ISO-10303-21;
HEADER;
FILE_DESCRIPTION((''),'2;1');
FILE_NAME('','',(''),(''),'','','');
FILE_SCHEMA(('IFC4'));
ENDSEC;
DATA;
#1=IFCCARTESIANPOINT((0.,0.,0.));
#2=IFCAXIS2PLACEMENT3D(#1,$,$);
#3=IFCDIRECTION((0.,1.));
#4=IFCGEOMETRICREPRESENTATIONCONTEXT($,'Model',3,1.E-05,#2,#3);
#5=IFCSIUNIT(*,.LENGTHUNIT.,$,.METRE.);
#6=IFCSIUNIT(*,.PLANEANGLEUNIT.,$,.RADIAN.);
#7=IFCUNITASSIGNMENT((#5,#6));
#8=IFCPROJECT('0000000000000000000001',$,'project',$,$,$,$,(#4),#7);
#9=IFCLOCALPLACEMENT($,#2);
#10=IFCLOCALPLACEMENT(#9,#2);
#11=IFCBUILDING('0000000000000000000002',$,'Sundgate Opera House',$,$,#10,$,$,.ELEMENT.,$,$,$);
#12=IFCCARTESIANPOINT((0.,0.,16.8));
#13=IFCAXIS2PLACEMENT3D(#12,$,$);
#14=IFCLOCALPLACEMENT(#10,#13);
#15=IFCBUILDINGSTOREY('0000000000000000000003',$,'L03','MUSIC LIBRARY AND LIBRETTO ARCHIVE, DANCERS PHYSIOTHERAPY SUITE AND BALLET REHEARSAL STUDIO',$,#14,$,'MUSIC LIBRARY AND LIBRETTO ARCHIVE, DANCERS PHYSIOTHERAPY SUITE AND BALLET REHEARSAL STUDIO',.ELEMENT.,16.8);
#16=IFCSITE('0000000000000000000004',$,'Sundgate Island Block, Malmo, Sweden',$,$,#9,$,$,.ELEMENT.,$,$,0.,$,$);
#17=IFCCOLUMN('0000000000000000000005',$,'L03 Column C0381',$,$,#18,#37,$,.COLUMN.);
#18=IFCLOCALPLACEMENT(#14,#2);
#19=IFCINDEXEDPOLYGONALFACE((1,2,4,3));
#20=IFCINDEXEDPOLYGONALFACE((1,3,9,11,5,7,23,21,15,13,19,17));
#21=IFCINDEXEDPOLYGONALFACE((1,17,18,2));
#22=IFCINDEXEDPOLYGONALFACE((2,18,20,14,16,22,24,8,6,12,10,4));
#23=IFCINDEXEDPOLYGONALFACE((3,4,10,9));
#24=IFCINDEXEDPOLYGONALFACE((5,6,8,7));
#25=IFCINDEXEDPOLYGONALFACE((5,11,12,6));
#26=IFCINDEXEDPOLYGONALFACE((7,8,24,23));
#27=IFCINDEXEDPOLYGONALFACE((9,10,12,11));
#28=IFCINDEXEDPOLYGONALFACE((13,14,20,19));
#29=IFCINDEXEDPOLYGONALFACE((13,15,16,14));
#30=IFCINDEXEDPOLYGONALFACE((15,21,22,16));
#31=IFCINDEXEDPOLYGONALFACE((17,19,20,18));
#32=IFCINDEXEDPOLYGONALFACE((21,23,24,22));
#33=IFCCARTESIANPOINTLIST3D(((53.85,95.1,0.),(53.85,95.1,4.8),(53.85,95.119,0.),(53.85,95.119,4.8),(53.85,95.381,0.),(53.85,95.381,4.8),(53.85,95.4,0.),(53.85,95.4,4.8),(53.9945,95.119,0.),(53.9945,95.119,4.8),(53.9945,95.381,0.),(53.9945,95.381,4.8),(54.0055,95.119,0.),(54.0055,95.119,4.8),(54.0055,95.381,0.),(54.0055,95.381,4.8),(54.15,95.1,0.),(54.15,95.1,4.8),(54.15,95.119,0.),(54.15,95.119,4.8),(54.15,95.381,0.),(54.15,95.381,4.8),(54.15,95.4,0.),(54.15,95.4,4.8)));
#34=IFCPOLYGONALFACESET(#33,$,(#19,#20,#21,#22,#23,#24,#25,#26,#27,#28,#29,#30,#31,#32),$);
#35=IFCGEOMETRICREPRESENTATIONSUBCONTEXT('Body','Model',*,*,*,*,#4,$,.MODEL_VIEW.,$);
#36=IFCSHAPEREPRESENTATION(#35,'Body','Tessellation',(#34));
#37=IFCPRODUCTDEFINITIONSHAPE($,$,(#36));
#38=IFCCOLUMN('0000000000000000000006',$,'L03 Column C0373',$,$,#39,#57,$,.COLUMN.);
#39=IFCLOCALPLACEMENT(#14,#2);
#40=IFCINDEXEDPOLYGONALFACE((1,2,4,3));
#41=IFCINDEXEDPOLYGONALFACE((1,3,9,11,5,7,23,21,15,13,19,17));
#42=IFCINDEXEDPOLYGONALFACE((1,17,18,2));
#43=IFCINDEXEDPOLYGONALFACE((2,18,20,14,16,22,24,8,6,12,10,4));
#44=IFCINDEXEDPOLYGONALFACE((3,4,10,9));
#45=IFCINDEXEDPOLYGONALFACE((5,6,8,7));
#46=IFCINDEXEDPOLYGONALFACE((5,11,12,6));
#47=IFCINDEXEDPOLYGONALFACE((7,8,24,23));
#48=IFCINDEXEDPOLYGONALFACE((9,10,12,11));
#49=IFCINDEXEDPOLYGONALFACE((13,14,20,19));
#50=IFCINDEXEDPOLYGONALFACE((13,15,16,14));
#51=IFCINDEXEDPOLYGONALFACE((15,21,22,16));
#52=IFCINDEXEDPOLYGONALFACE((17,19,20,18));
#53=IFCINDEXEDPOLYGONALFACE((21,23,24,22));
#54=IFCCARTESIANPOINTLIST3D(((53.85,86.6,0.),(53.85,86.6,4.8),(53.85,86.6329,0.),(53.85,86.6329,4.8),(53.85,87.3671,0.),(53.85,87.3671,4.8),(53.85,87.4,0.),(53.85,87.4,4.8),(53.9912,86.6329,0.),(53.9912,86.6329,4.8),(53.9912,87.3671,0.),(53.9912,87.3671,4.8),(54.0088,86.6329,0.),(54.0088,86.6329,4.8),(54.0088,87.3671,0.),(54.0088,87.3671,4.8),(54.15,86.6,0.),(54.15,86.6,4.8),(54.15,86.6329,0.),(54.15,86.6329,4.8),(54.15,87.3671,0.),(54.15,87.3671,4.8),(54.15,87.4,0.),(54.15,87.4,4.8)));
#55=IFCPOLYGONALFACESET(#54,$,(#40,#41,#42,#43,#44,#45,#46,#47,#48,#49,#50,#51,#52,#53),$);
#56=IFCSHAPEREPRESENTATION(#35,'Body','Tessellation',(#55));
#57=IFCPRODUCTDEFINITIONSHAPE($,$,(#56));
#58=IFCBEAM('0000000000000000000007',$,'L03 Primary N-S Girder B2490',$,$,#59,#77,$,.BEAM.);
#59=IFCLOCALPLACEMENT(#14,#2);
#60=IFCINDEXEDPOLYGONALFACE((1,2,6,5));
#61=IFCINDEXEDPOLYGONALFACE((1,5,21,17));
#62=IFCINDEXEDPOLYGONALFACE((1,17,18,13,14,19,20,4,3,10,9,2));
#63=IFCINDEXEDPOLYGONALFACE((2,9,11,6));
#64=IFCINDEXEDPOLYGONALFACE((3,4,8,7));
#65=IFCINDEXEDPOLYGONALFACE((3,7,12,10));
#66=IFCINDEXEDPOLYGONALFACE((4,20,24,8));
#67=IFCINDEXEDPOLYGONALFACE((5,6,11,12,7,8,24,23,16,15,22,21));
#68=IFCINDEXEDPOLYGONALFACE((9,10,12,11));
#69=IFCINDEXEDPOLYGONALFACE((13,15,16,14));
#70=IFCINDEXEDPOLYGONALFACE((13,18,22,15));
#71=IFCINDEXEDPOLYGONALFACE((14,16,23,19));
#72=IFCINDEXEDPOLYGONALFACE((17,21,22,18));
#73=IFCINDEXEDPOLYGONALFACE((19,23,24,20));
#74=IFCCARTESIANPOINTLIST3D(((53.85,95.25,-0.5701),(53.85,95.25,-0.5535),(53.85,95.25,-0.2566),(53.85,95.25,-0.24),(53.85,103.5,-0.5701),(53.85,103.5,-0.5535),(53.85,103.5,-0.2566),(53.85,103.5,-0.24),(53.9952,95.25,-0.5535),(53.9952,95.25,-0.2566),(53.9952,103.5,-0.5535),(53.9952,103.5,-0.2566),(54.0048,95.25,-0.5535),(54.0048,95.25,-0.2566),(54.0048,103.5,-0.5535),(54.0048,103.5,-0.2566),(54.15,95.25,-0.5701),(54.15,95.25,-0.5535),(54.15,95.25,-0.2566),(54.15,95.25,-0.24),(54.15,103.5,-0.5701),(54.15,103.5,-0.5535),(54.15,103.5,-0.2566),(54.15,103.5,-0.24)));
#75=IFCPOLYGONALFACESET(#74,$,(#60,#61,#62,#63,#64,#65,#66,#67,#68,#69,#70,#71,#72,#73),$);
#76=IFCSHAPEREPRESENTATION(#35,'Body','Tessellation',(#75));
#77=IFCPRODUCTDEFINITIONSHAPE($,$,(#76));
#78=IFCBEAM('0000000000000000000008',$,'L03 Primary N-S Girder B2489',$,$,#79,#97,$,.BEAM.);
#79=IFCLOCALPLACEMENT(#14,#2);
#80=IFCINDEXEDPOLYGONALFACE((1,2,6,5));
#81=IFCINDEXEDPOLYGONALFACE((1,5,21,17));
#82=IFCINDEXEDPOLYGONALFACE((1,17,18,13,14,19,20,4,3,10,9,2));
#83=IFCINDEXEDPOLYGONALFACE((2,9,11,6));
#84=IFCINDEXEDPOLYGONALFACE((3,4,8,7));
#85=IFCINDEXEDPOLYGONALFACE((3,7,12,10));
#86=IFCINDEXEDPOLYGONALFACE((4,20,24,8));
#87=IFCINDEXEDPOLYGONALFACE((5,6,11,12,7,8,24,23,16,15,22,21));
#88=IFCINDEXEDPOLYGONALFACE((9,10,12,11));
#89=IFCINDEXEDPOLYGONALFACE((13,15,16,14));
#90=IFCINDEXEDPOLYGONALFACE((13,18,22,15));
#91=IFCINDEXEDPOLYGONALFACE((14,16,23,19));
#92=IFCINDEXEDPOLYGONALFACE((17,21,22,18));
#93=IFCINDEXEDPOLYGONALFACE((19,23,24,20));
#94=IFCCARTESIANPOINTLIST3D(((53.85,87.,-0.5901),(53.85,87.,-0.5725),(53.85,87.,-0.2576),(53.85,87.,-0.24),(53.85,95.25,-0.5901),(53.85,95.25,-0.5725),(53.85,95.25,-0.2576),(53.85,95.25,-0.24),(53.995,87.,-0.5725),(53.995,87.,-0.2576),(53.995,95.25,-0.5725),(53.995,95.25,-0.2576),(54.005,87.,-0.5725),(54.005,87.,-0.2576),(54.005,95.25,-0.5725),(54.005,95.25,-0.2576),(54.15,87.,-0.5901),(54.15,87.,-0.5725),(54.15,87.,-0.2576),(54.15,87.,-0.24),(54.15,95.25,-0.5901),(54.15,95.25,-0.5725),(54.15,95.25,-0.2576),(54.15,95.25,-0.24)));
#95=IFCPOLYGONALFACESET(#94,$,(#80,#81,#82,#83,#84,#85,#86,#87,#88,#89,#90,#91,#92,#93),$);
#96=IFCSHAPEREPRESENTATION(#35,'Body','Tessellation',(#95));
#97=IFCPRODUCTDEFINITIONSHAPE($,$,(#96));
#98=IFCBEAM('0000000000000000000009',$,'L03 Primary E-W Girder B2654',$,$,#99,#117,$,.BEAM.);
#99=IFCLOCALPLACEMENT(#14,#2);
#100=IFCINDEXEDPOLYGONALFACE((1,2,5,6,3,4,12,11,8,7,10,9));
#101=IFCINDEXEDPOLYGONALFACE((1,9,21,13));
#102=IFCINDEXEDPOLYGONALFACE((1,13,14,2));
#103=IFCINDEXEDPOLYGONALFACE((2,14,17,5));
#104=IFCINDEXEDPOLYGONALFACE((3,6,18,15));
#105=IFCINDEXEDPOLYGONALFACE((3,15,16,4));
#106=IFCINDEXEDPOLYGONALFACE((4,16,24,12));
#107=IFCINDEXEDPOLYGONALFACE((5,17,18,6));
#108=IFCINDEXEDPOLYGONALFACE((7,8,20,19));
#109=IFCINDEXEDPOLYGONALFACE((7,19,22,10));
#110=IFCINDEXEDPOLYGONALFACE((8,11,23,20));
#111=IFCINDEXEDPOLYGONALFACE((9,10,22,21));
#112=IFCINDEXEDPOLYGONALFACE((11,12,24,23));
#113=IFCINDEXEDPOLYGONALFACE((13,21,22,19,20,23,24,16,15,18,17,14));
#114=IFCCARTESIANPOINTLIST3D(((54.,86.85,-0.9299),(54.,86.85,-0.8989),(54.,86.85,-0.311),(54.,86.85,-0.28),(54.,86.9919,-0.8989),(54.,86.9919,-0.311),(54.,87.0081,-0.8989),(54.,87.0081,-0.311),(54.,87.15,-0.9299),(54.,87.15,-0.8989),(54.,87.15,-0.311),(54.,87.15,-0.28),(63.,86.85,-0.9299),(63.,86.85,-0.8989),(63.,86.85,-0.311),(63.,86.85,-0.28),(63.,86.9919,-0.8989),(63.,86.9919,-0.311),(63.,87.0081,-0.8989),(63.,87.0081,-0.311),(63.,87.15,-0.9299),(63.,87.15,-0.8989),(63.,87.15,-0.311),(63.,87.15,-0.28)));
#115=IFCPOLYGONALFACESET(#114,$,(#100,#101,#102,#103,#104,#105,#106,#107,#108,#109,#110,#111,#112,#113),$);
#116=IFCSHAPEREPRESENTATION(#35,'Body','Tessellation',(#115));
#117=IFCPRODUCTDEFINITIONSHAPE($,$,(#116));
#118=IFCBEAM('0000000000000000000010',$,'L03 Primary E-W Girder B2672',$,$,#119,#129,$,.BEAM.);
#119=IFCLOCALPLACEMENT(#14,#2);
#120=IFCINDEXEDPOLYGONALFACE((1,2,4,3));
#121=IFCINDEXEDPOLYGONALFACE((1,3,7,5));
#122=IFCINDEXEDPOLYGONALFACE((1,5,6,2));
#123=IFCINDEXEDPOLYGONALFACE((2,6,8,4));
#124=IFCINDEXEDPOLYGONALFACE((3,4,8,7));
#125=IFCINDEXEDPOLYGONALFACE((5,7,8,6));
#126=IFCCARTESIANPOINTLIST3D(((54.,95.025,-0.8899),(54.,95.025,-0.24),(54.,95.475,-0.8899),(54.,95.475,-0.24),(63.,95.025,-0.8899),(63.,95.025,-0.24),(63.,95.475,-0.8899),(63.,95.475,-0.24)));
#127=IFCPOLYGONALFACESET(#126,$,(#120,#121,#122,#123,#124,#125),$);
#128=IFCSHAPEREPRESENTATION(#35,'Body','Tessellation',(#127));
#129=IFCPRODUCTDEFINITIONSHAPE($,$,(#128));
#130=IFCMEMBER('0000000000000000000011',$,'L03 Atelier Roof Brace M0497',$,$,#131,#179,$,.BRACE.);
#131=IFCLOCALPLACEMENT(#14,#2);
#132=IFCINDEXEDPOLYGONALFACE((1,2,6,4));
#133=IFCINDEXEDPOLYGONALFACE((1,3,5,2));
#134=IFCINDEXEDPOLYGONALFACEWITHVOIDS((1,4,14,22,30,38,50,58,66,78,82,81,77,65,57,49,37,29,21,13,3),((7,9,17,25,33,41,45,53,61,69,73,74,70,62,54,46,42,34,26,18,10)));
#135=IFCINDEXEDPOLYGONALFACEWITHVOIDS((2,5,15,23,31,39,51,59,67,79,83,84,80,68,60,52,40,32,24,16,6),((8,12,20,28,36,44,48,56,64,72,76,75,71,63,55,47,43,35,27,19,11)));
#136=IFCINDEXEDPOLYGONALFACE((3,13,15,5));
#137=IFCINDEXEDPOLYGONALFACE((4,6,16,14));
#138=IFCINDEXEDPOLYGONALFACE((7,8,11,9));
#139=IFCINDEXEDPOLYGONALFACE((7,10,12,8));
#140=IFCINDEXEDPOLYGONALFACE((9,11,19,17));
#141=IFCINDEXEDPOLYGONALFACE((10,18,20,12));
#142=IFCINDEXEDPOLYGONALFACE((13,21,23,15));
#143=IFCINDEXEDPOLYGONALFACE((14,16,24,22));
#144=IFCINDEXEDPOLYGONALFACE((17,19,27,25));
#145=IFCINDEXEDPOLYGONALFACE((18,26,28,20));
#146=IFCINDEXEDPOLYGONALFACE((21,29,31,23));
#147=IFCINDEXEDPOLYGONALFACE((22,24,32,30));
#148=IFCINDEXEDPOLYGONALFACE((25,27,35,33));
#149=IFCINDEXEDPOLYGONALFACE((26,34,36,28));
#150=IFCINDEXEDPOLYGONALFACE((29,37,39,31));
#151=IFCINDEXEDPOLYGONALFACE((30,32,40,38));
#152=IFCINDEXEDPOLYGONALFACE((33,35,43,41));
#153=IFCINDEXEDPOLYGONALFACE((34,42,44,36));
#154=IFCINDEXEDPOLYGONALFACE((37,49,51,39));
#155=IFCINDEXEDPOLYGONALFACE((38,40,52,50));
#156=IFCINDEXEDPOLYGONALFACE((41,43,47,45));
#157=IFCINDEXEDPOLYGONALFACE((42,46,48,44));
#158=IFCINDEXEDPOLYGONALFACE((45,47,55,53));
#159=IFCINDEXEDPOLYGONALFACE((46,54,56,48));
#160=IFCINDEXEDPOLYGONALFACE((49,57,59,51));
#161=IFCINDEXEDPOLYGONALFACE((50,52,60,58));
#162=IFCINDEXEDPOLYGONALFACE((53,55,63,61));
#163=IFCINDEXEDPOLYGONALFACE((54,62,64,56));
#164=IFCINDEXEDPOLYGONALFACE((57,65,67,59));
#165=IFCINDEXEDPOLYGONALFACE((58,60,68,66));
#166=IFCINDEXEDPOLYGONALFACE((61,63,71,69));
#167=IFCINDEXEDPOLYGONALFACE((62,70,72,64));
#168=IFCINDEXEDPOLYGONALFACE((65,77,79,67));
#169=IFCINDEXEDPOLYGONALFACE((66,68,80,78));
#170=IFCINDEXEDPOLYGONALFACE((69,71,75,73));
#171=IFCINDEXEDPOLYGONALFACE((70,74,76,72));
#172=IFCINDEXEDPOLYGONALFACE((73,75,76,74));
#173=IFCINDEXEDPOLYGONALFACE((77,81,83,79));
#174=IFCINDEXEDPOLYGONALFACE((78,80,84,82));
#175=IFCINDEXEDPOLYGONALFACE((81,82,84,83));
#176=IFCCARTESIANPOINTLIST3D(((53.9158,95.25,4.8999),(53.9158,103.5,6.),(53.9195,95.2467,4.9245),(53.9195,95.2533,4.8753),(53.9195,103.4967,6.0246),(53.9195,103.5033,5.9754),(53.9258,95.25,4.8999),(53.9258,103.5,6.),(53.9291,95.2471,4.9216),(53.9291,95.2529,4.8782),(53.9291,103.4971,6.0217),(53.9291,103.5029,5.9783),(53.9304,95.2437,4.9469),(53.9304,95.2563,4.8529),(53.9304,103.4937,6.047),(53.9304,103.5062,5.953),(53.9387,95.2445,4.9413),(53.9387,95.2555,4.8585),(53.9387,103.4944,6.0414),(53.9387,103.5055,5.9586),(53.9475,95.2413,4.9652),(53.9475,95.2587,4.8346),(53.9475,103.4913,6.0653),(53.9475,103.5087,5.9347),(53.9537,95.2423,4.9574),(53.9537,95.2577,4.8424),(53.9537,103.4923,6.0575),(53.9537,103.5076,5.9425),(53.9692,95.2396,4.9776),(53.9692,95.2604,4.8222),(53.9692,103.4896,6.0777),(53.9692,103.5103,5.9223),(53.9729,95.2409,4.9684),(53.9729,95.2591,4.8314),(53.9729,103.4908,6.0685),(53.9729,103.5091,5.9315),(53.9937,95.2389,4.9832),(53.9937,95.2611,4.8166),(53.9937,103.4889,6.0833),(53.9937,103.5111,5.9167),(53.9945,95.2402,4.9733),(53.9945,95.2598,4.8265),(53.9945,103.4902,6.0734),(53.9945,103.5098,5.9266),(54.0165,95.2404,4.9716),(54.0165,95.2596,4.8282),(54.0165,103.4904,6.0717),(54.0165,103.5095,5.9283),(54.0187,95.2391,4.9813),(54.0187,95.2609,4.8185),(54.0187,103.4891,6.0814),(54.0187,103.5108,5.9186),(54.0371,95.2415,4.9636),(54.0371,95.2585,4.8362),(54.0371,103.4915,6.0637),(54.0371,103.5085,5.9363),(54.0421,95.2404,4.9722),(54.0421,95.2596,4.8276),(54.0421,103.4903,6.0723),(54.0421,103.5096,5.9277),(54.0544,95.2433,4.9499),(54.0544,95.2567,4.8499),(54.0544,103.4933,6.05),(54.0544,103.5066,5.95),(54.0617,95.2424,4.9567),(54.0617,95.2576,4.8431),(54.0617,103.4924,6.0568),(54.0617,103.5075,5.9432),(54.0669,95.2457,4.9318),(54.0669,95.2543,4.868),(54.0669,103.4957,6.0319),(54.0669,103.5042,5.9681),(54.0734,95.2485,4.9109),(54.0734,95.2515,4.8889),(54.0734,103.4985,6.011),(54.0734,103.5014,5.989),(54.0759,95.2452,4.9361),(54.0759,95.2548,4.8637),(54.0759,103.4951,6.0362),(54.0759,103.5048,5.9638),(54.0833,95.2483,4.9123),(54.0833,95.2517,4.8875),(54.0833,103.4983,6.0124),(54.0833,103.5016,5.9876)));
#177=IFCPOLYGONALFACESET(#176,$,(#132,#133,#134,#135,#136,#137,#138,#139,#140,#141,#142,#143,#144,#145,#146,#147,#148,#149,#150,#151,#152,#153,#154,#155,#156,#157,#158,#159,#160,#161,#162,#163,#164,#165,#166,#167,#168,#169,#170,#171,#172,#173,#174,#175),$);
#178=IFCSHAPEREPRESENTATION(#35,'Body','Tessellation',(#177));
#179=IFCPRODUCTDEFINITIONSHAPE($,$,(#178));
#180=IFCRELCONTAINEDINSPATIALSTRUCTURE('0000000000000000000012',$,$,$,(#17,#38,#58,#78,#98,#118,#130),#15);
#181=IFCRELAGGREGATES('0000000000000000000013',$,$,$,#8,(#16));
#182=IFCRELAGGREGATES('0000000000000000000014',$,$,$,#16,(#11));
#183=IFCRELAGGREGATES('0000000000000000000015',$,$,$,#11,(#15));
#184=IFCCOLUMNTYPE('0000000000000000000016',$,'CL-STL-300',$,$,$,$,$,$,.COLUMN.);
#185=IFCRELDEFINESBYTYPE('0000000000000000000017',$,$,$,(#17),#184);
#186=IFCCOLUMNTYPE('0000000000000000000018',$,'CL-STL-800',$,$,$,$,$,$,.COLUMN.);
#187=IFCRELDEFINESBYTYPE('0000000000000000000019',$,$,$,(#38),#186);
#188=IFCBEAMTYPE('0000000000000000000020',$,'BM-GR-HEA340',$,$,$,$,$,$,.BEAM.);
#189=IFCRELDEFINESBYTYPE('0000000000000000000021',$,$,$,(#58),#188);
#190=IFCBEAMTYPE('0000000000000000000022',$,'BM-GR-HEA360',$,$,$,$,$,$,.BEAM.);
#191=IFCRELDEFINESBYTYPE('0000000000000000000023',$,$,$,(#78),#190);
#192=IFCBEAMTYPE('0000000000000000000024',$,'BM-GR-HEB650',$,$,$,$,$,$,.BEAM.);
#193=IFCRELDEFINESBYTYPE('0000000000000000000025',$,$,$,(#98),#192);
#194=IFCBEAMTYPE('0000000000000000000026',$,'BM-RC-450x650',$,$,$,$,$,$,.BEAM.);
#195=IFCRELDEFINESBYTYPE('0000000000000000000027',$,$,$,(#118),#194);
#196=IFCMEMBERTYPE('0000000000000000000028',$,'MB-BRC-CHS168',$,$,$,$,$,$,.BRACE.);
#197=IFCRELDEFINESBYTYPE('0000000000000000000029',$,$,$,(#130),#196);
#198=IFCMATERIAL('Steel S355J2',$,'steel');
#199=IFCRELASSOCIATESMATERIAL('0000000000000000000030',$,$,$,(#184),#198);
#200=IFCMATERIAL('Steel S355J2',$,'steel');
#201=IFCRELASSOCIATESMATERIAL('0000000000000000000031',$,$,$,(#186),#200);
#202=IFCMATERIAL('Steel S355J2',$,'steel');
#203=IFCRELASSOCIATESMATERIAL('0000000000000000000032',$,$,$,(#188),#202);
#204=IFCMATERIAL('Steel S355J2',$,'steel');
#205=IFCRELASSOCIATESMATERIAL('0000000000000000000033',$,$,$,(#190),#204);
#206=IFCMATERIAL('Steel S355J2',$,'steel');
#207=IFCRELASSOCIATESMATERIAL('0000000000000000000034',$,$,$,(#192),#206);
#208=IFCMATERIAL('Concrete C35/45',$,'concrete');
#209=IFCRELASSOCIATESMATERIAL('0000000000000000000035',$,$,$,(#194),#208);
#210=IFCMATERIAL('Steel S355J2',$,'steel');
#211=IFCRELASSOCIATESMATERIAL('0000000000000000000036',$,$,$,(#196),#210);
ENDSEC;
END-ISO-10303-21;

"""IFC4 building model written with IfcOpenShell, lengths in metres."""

from ifc_helpers import new_model, si_unit, direction, frame, origin, origin_2d, place, context, subcontext, project, spatial, rectangle, hollow_circle, i_section, extrude, material, material_profile, profile_set, type_object, element, save


model = new_model("IFC4")

# Units and contexts
model_context = context("Model", 3, precision=1e-05, world=origin(), true_north=direction((0.0, 1.0)))
body_context = subcontext(model_context, "Body", "Model", "MODEL_VIEW")
ifc_project = project(units=[si_unit("LENGTHUNIT", "METRE"), si_unit("PLANEANGLEUNIT", "RADIAN")], contexts=[model_context])

# Site, building, storey
site_placement = place(None, origin())
site = spatial("IfcSite", under=ifc_project, at=site_placement, Name="Sundgate Island Block, Malmo, Sweden", CompositionType="ELEMENT", RefElevation=0.0)
building_placement = place(site_placement, origin())
building = spatial("IfcBuilding", under=site, at=building_placement, Name="Sundgate Opera House", CompositionType="ELEMENT")
storey_placement = place(building_placement, frame((0.0, 0.0, 16.8)))
storey = spatial("IfcBuildingStorey", under=building, at=storey_placement, Name="L03", Description="MUSIC LIBRARY AND LIBRETTO ARCHIVE, DANCERS PHYSIOTHERAPY SUITE AND BALLET REHEARSAL STUDIO", LongName="MUSIC LIBRARY AND LIBRETTO ARCHIVE, DANCERS PHYSIOTHERAPY SUITE AND BALLET REHEARSAL STUDIO", CompositionType="ELEMENT", Elevation=16.8)

# Columns
ifc_material_1 = material(Name="Steel S355J2", Category="steel")
ifc_material_profile_1 = material_profile(ifc_material_1, i_section(OverallWidth=0.3, OverallDepth=0.3, WebThickness=0.011, FlangeThickness=0.019, at=origin_2d()), Name="HEB 300")
ifc_profile_set_1 = profile_set([ifc_material_profile_1], Name="Steel S355J2")
column_type_1 = type_object("IfcColumnType", Name="CL-STL-300", PredefinedType="COLUMN", material=ifc_profile_set_1)
column_1_placement = place(storey_placement, frame((54.0, 95.25, 0.0), z_axis=(0.0, 0.0, 1.0), x_axis=(1.0, 0.0, 0.0)))
element("IfcColumn", 1, at=column_1_placement, inside=storey, type_object=column_type_1, Name="L03 Column C0381", PredefinedType="COLUMN", context=body_context, shape_type="SweptSolid", body=[
    extrude(i_section(OverallWidth=0.3, OverallDepth=0.3, WebThickness=0.011, FlangeThickness=0.019, at=origin_2d()), origin(), (0.0, 0.0, 1.0), 4.8),
])
ifc_material_2 = material(Name="Steel S355J2", Category="steel")
ifc_material_profile_2 = material_profile(ifc_material_2, i_section(OverallWidth=0.3, OverallDepth=0.8, WebThickness=0.0176, FlangeThickness=0.033, at=origin_2d()), Name="HEB 800")
ifc_profile_set_2 = profile_set([ifc_material_profile_2], Name="Steel S355J2")
column_type_2 = type_object("IfcColumnType", Name="CL-STL-800", PredefinedType="COLUMN", material=ifc_profile_set_2)
column_2_placement = place(storey_placement, frame((54.0, 87.0, 0.0), z_axis=(0.0, 0.0, 1.0), x_axis=(1.0, 0.0, 0.0)))
element("IfcColumn", 2, at=column_2_placement, inside=storey, type_object=column_type_2, Name="L03 Column C0373", PredefinedType="COLUMN", context=body_context, shape_type="SweptSolid", body=[
    extrude(i_section(OverallWidth=0.3, OverallDepth=0.8, WebThickness=0.0176, FlangeThickness=0.033, at=origin_2d()), origin(), (0.0, 0.0, 1.0), 4.8),
])

# Beams
ifc_material_3 = material(Name="Steel S355J2", Category="steel")
ifc_material_profile_3 = material_profile(ifc_material_3, i_section(OverallWidth=0.3, OverallDepth=0.3301, WebThickness=0.0095, FlangeThickness=0.0166, at=origin_2d()), Name="HEA 340")
ifc_profile_set_3 = profile_set([ifc_material_profile_3], Name="Steel S355J2")
beam_type_1 = type_object("IfcBeamType", Name="BM-GR-HEA340", PredefinedType="BEAM", material=ifc_profile_set_3)
beam_1_placement = place(storey_placement, frame((54.0, 95.25, -0.405), z_axis=(0.0, 1.0, 0.0), x_axis=(-1.0, 0.0, 0.0)))
element("IfcBeam", 3, at=beam_1_placement, inside=storey, type_object=beam_type_1, Name="L03 Primary N-S Girder B2490", PredefinedType="BEAM", context=body_context, shape_type="SweptSolid", body=[
    extrude(i_section(OverallWidth=0.3, OverallDepth=0.3301, WebThickness=0.0095, FlangeThickness=0.0166, at=origin_2d()), origin(), (0.0, 0.0, 1.0), 8.25),
])
ifc_material_4 = material(Name="Steel S355J2", Category="steel")
ifc_material_profile_4 = material_profile(ifc_material_4, i_section(OverallWidth=0.3, OverallDepth=0.3501, WebThickness=0.01, FlangeThickness=0.0176, at=origin_2d()), Name="HEA 360")
ifc_profile_set_4 = profile_set([ifc_material_profile_4], Name="Steel S355J2")
beam_type_2 = type_object("IfcBeamType", Name="BM-GR-HEA360", PredefinedType="BEAM", material=ifc_profile_set_4)
beam_2_placement = place(storey_placement, frame((54.0, 87.0, -0.415), z_axis=(0.0, 1.0, 0.0), x_axis=(-1.0, 0.0, 0.0)))
element("IfcBeam", 4, at=beam_2_placement, inside=storey, type_object=beam_type_2, Name="L03 Primary N-S Girder B2489", PredefinedType="BEAM", context=body_context, shape_type="SweptSolid", body=[
    extrude(i_section(OverallWidth=0.3, OverallDepth=0.3501, WebThickness=0.01, FlangeThickness=0.0176, at=origin_2d()), origin(), (0.0, 0.0, 1.0), 8.25),
])
ifc_material_5 = material(Name="Steel S355J2", Category="steel")
ifc_material_profile_5 = material_profile(ifc_material_5, i_section(OverallWidth=0.3, OverallDepth=0.6499, WebThickness=0.0161, FlangeThickness=0.031, at=origin_2d()), Name="HEB 650")
ifc_profile_set_5 = profile_set([ifc_material_profile_5], Name="Steel S355J2")
beam_type_3 = type_object("IfcBeamType", Name="BM-GR-HEB650", PredefinedType="BEAM", material=ifc_profile_set_5)
beam_3_placement = place(storey_placement, frame((54.0, 87.0, -0.605), z_axis=(1.0, 0.0, 0.0), x_axis=(0.0, 1.0, 0.0)))
element("IfcBeam", 5, at=beam_3_placement, inside=storey, type_object=beam_type_3, Name="L03 Primary E-W Girder B2654", PredefinedType="BEAM", context=body_context, shape_type="SweptSolid", body=[
    extrude(i_section(OverallWidth=0.3, OverallDepth=0.6499, WebThickness=0.0161, FlangeThickness=0.031, at=origin_2d()), origin(), (0.0, 0.0, 1.0), 9.0),
])
ifc_material_6 = material(Name="Concrete C35/45", Category="concrete")
ifc_material_profile_6 = material_profile(ifc_material_6, rectangle(XDim=0.45, YDim=0.6499, at=origin_2d()), Name="RC 450x650")
ifc_profile_set_6 = profile_set([ifc_material_profile_6], Name="Concrete C35/45")
beam_type_4 = type_object("IfcBeamType", Name="BM-RC-450x650", PredefinedType="BEAM", material=ifc_profile_set_6)
beam_4_placement = place(storey_placement, frame((54.0, 95.25, -0.5649), z_axis=(1.0, 0.0, 0.0), x_axis=(0.0, 1.0, 0.0)))
element("IfcBeam", 6, at=beam_4_placement, inside=storey, type_object=beam_type_4, Name="L03 Primary E-W Girder B2672", PredefinedType="BEAM", context=body_context, shape_type="SweptSolid", body=[
    extrude(rectangle(XDim=0.45, YDim=0.6499, at=origin_2d()), origin(), (0.0, 0.0, 1.0), 9.0),
])

# Member
ifc_material_7 = material(Name="Steel S355J2", Category="steel")
ifc_material_profile_7 = material_profile(ifc_material_7, hollow_circle(Radius=0.0842, WallThickness=0.01, at=origin_2d()), Name="CHS 168.3x10.0")
ifc_profile_set_7 = profile_set([ifc_material_profile_7], Name="Steel S355J2")
member_type_1 = type_object("IfcMemberType", Name="MB-BRC-CHS168", PredefinedType="BRACE", material=ifc_profile_set_7)
member_1_placement = place(storey_placement, frame((54.0, 95.25, 4.8999), z_axis=(0.0, 0.991226, 0.132175), x_axis=(-1.0, 0.0, 0.0)))
element("IfcMember", 7, at=member_1_placement, inside=storey, type_object=member_type_1, Name="L03 Atelier Roof Brace M0497", PredefinedType="BRACE", context=body_context, shape_type="SweptSolid", body=[
    extrude(hollow_circle(Radius=0.0842, WallThickness=0.01, at=origin_2d()), origin(), (0.0, 0.0, 1.0), 8.323),
])

save(model, "model.ifc")
